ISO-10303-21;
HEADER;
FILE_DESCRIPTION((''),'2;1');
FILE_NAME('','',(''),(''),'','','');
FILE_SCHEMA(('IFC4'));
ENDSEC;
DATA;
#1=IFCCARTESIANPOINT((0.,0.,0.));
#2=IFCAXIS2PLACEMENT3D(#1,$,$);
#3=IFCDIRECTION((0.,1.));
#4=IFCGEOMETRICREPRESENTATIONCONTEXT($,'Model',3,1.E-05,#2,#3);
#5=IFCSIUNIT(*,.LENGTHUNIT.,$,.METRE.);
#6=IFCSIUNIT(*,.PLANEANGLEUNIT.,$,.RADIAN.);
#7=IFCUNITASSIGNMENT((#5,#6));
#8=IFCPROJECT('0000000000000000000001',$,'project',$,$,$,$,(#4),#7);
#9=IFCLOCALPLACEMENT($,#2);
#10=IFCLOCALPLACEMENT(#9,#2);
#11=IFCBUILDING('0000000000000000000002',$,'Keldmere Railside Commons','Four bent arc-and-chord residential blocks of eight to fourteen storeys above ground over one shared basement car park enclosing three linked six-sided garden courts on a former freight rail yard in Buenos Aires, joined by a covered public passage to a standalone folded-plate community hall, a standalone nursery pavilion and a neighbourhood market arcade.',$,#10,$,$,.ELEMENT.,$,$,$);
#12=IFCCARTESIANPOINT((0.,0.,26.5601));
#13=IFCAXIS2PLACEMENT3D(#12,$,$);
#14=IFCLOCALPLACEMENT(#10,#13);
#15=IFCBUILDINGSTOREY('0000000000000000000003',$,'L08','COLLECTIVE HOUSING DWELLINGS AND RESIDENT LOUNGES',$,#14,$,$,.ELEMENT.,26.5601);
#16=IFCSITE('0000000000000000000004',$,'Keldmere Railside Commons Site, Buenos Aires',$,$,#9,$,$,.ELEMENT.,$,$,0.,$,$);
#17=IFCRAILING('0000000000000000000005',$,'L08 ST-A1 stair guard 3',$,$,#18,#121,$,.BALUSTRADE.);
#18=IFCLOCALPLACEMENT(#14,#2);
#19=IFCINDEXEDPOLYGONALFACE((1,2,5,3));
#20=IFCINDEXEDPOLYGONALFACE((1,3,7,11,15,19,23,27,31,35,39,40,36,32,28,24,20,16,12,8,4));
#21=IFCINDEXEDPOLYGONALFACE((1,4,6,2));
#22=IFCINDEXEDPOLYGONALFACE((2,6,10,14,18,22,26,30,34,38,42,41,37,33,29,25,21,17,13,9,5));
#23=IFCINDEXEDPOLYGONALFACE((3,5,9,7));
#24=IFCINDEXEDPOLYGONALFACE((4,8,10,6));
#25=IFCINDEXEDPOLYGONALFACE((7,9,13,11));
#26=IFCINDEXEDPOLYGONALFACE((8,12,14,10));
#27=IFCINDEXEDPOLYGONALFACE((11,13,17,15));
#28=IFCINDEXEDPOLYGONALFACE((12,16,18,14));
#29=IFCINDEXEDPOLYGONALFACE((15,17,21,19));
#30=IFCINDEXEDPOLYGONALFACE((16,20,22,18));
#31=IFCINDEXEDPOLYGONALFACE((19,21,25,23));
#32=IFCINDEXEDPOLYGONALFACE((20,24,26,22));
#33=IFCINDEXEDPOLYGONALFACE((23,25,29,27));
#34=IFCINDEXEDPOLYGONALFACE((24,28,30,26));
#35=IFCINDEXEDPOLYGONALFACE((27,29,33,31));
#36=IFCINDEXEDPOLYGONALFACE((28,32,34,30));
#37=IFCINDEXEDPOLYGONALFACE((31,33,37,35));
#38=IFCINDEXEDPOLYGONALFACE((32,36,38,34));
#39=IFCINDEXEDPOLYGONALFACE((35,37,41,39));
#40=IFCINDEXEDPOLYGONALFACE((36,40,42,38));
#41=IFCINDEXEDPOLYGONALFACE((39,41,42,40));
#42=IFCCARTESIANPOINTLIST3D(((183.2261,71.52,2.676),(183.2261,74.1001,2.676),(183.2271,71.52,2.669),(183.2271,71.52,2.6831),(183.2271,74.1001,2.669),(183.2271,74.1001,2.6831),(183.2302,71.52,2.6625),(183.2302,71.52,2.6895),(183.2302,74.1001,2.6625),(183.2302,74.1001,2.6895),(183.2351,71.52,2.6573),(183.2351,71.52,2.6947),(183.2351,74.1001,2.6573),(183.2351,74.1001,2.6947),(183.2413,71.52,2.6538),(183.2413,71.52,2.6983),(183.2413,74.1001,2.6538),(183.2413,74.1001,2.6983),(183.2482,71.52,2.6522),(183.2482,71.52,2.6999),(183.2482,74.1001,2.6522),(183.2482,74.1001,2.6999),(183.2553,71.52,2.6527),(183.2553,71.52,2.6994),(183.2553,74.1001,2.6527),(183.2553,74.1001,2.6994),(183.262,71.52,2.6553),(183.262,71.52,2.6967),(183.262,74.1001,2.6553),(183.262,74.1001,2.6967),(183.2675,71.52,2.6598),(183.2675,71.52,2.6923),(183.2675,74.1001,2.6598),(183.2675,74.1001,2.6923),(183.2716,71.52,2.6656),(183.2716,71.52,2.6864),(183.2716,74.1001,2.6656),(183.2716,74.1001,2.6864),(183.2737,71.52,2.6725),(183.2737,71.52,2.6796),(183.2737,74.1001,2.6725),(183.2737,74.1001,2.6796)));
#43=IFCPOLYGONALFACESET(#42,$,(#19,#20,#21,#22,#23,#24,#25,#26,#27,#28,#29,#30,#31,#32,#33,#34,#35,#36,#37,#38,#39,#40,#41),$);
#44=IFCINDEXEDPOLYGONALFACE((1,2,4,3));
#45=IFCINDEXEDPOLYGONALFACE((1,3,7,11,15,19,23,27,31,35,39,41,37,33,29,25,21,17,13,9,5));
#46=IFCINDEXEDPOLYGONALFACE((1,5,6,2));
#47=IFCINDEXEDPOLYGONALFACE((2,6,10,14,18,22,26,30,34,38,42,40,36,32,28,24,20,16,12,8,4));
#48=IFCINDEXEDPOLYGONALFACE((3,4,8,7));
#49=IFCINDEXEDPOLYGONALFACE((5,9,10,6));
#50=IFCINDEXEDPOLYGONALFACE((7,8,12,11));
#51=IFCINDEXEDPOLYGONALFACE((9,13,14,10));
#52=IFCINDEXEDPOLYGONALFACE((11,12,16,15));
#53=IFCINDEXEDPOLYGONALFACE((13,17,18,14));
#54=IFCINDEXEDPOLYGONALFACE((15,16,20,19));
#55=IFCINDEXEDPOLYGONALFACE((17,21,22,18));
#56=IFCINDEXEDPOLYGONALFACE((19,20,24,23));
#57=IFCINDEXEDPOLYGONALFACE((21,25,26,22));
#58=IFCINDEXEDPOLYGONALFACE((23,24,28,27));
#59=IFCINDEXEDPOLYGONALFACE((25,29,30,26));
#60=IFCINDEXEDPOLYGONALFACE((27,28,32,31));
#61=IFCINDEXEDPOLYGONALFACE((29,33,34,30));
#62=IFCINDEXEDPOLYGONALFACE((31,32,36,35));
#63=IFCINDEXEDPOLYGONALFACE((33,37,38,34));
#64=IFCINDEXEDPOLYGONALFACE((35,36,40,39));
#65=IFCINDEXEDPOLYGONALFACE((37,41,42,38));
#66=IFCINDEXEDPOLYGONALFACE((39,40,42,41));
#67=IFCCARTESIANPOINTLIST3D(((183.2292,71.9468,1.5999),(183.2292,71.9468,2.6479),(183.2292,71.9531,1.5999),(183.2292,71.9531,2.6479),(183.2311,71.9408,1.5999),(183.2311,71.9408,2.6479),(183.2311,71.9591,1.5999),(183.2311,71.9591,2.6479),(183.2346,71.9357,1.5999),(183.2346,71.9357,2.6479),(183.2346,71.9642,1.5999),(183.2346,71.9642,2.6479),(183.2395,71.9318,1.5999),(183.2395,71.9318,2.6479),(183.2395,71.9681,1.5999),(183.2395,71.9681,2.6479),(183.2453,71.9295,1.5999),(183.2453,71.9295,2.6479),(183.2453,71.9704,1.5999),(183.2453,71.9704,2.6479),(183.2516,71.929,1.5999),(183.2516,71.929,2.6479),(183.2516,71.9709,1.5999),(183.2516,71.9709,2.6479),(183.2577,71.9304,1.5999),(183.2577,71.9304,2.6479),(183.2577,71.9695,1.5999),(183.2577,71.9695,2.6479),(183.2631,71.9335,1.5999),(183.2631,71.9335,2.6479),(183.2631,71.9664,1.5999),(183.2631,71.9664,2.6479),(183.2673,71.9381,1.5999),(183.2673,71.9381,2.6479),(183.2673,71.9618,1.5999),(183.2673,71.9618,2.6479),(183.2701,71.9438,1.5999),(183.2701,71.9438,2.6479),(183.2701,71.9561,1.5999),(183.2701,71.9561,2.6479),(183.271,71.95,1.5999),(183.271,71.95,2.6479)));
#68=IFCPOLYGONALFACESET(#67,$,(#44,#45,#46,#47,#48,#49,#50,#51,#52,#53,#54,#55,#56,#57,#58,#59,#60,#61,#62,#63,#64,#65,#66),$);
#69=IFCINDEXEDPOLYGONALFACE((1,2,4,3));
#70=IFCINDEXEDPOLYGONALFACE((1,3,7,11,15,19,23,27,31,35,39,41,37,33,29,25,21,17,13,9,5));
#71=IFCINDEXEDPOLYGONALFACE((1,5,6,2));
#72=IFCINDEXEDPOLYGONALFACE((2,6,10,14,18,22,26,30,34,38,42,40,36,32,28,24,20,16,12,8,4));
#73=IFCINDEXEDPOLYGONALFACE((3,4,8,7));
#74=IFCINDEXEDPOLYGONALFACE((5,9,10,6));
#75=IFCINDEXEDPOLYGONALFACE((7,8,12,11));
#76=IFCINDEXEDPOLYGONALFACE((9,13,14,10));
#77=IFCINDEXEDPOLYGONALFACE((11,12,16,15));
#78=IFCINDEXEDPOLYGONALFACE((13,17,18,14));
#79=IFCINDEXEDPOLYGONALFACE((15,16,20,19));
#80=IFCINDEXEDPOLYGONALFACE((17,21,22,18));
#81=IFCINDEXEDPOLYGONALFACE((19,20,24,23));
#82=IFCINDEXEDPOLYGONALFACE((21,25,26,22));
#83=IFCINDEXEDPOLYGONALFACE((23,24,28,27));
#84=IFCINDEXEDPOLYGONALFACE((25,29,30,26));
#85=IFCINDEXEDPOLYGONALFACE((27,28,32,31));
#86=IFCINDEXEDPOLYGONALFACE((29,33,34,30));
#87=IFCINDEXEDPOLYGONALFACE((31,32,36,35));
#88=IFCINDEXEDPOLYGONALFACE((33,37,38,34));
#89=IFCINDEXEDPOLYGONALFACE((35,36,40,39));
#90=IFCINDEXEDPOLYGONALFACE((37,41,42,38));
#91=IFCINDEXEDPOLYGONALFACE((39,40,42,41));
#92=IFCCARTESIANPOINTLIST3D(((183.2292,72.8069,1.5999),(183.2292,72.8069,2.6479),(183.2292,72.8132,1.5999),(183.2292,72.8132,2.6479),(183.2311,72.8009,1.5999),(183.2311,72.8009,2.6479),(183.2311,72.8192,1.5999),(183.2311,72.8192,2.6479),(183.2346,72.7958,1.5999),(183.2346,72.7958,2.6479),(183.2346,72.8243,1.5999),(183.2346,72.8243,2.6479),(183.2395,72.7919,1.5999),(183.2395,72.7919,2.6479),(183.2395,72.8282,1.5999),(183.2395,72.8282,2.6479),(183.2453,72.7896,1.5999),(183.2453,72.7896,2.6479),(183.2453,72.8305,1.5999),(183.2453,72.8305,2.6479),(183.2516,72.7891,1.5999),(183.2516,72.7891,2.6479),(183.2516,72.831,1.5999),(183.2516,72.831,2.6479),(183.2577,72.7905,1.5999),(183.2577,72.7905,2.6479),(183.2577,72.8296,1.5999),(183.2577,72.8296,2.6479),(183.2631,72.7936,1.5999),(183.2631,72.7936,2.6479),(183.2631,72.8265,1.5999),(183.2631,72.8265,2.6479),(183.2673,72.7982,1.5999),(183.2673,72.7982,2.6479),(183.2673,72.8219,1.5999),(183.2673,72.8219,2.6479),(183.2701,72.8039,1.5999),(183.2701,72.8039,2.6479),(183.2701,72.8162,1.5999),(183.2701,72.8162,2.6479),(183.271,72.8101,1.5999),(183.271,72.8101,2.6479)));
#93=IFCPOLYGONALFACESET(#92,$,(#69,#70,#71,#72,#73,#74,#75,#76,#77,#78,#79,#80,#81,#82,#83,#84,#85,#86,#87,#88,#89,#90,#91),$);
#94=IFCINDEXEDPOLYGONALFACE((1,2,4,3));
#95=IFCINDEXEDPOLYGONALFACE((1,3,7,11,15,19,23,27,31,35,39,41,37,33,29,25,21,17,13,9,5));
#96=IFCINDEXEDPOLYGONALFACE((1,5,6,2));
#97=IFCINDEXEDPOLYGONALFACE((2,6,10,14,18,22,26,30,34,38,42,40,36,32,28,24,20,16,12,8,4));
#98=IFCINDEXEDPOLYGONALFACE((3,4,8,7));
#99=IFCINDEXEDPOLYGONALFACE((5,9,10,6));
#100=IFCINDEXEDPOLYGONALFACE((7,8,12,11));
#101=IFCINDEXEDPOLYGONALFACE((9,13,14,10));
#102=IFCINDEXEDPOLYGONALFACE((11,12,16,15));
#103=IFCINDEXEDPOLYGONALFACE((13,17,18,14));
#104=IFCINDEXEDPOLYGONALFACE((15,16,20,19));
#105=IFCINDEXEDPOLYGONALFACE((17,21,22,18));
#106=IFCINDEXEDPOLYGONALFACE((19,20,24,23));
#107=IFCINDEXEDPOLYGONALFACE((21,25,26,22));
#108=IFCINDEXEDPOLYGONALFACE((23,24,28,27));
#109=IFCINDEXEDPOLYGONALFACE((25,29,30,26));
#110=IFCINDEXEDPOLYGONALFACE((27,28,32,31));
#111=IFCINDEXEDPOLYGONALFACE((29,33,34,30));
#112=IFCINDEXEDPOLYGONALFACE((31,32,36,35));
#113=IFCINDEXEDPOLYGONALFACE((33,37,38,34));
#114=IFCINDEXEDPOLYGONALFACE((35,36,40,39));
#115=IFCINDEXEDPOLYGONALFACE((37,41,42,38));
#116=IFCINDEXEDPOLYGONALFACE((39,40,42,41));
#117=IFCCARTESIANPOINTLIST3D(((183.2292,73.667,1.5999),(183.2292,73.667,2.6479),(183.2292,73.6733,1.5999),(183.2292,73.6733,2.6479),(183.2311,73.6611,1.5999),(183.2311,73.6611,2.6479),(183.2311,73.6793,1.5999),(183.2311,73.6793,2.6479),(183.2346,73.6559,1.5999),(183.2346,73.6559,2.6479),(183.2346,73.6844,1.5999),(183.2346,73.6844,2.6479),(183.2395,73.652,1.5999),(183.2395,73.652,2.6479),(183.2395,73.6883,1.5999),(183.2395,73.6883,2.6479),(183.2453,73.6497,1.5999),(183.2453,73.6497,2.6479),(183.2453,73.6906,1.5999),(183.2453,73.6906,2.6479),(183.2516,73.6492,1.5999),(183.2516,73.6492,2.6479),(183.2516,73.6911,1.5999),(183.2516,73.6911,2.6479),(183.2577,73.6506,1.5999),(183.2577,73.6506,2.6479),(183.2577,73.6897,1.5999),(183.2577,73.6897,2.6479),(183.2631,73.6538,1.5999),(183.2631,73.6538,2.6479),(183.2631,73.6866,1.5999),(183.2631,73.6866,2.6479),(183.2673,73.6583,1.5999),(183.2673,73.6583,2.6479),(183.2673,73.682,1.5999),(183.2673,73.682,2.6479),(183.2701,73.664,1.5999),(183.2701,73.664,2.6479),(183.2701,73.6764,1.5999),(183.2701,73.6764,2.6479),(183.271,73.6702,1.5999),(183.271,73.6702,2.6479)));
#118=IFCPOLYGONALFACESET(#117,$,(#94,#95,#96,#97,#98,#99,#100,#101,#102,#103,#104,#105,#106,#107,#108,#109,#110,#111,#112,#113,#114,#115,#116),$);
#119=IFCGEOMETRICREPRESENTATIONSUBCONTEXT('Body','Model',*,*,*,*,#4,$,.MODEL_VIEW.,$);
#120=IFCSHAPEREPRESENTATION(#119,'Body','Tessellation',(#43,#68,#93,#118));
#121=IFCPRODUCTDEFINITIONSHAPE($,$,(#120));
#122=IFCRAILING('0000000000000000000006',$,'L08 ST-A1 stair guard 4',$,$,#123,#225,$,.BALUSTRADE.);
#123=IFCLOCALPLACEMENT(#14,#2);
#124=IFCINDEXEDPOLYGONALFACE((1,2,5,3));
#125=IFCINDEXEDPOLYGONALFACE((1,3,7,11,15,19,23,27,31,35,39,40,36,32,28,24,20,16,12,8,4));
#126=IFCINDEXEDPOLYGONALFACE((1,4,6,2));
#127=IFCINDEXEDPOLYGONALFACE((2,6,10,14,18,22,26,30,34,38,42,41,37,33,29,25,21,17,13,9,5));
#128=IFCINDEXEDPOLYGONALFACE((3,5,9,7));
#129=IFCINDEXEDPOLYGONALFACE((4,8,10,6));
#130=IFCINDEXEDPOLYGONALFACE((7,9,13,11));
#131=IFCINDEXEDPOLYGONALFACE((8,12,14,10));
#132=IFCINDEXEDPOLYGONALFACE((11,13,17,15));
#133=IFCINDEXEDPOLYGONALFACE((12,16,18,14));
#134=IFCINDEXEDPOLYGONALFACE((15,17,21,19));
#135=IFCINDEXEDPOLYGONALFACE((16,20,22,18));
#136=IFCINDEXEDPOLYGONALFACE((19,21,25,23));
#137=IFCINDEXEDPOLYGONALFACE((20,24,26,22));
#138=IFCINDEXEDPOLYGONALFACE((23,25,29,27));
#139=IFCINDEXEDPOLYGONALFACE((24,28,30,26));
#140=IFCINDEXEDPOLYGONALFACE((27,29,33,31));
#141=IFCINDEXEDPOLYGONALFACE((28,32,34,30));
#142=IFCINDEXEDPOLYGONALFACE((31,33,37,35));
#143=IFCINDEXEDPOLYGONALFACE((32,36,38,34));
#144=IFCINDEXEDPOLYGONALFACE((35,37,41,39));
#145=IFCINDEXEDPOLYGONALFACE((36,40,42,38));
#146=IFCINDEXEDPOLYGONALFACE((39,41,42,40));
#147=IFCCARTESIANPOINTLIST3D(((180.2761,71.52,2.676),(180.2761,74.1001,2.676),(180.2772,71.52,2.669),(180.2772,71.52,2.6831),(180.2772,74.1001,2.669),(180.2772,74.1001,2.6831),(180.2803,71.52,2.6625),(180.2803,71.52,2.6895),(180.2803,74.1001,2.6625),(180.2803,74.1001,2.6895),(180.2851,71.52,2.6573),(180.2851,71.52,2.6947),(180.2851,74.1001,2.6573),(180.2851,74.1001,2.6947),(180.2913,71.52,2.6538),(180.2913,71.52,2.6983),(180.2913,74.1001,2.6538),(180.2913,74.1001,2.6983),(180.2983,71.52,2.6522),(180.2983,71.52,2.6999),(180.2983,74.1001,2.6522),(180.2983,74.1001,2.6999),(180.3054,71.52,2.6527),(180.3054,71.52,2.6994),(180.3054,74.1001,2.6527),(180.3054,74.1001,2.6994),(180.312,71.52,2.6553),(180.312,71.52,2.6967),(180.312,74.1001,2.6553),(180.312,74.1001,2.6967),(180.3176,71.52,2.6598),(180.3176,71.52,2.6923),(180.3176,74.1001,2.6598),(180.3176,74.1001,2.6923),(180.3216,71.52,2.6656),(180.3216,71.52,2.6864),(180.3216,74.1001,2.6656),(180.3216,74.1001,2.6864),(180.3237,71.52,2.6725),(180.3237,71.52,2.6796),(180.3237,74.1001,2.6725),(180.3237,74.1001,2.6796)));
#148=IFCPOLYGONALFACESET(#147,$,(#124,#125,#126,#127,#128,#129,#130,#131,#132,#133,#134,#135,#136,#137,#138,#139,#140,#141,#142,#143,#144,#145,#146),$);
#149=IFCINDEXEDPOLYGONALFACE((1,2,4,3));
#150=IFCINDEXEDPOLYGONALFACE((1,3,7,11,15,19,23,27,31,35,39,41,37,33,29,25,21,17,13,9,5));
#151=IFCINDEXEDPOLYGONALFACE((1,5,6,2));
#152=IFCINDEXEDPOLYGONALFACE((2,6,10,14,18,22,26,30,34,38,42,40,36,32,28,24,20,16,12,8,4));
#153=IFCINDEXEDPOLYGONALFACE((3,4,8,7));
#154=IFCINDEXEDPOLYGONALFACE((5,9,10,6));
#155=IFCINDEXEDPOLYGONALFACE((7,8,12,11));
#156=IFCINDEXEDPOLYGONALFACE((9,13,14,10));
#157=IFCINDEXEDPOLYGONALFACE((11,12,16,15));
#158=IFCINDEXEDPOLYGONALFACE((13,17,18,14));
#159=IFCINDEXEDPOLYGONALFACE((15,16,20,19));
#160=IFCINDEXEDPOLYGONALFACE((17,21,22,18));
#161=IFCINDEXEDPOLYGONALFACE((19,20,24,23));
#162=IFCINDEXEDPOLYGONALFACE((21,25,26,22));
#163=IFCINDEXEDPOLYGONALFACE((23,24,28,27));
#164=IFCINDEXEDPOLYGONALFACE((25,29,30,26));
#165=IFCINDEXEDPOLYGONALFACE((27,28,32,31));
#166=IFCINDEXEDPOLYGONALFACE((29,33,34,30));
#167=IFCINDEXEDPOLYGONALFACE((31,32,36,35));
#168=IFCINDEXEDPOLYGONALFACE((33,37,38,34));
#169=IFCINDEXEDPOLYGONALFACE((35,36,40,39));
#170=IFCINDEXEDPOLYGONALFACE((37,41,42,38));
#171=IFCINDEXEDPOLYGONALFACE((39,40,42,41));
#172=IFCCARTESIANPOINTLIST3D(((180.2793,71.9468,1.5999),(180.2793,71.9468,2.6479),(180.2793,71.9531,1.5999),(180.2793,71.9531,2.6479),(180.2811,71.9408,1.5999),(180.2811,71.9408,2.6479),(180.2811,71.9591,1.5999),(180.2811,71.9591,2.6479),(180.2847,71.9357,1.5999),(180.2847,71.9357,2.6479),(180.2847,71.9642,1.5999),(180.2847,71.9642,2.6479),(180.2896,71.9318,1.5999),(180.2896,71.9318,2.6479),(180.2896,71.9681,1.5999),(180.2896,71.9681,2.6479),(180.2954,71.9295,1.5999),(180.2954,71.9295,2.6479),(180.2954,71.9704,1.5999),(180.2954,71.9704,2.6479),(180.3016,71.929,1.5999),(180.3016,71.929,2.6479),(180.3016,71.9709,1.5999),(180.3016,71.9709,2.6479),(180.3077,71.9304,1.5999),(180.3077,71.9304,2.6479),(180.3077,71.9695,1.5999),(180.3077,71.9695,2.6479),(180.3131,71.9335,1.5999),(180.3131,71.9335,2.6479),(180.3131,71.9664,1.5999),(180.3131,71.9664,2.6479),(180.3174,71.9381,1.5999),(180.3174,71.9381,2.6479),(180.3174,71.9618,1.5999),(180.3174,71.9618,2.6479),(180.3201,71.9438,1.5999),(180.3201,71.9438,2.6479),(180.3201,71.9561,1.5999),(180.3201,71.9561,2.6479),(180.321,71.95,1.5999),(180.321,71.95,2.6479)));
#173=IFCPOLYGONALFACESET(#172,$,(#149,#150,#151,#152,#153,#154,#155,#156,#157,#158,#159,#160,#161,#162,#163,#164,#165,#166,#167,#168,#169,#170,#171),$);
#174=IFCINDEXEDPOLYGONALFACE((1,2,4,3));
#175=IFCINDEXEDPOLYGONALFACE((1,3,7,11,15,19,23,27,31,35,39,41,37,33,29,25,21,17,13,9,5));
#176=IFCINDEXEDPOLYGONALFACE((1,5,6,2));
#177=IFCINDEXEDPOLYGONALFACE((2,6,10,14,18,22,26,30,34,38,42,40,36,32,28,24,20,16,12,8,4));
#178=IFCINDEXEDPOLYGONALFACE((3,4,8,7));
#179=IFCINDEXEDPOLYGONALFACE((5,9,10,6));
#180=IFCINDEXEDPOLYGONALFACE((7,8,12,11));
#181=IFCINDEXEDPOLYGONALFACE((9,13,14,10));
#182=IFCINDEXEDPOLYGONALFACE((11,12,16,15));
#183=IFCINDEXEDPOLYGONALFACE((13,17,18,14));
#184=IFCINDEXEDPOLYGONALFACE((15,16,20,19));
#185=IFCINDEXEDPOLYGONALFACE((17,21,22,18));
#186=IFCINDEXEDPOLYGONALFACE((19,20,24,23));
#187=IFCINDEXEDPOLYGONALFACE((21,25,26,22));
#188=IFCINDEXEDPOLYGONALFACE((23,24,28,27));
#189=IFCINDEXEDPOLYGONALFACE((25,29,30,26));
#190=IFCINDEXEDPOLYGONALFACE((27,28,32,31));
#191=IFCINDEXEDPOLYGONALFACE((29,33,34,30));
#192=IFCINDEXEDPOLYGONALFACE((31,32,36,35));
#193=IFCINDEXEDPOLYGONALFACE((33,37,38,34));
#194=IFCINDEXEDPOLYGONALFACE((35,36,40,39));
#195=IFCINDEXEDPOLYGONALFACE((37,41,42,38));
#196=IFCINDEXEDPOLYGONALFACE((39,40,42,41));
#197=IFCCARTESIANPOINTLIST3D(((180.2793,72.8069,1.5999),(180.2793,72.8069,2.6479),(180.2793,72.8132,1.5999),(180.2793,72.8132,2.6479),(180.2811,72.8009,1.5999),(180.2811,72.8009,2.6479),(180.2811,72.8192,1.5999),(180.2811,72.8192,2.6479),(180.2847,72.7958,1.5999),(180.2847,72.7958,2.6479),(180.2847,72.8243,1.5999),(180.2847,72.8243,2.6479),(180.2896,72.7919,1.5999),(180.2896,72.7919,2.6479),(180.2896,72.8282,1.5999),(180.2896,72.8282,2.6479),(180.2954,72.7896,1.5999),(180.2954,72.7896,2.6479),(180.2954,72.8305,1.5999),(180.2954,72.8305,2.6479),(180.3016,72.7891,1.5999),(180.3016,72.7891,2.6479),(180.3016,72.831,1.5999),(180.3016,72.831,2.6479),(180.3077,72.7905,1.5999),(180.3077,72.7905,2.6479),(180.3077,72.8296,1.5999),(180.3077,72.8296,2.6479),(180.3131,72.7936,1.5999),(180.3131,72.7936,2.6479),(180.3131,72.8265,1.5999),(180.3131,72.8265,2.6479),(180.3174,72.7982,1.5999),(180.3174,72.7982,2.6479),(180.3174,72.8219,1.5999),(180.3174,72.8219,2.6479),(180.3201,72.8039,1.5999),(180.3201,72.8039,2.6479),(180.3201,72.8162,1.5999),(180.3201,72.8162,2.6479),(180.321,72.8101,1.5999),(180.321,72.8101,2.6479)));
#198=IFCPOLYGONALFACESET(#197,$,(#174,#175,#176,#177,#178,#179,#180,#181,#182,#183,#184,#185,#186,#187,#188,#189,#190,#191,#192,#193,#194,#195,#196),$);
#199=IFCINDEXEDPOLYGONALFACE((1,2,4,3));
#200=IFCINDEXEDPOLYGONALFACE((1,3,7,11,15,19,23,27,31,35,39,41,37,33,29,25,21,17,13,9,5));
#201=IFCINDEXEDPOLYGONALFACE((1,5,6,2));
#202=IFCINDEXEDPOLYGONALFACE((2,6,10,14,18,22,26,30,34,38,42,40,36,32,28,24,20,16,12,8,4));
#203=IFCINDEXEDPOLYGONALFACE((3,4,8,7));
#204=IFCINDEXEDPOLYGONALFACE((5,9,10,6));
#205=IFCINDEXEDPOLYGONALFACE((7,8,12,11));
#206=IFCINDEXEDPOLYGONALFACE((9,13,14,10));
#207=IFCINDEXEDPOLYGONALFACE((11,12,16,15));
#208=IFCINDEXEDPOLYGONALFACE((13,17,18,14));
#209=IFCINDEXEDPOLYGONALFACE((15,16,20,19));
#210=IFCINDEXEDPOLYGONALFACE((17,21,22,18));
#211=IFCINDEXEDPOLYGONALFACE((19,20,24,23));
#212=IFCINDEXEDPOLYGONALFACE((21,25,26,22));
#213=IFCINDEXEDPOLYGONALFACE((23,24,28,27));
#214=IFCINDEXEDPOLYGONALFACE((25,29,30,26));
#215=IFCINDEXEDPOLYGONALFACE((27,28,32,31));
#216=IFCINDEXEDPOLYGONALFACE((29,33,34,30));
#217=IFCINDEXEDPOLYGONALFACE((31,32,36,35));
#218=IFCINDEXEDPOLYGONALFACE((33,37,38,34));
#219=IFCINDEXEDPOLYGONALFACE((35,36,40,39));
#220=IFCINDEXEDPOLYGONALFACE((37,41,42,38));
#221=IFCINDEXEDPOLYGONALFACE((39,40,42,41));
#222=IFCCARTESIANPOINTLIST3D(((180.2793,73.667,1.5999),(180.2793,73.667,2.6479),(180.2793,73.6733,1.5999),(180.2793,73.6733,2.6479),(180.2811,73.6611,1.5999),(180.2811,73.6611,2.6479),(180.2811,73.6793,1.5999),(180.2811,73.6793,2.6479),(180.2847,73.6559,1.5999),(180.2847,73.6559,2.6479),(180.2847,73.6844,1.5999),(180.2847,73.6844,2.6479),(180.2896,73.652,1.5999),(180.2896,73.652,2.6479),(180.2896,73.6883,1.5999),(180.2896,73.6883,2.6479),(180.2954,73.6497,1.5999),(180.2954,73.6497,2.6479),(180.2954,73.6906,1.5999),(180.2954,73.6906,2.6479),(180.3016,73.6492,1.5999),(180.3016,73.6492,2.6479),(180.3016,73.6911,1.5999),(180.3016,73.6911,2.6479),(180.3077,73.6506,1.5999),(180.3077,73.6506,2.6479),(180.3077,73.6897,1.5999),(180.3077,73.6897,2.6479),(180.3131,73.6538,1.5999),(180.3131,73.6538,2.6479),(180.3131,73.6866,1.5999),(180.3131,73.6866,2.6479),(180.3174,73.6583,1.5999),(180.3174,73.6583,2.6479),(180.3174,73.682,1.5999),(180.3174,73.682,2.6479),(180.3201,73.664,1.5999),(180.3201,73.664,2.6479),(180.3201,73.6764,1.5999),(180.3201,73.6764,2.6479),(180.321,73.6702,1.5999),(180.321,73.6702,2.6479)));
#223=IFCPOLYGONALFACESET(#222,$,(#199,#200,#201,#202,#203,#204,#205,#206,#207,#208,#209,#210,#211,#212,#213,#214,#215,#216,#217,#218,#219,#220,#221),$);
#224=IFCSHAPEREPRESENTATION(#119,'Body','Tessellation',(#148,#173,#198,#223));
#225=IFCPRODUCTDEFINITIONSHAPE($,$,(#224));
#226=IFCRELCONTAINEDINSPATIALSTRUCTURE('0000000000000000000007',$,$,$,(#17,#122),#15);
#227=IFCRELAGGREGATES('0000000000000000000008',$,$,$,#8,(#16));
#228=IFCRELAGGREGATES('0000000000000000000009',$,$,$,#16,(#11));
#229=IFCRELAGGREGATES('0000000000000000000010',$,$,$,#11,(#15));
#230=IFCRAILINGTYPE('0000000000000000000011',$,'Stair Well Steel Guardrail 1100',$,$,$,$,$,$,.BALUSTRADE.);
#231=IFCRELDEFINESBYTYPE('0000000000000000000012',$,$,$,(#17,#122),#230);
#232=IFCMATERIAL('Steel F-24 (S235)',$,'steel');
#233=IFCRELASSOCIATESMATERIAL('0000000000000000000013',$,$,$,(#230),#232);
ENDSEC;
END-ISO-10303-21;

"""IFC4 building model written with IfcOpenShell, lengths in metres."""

from ifc_helpers import new_model, si_unit, direction, frame, origin, origin_2d, place, context, subcontext, project, spatial, circle, extrude, material, type_object, element, save


model = new_model("IFC4")

# Units and contexts
model_context = context("Model", 3, precision=1e-05, world=origin(), true_north=direction((0.0, 1.0)))
body_context = subcontext(model_context, "Body", "Model", "MODEL_VIEW")
ifc_project = project(units=[si_unit("LENGTHUNIT", "METRE"), si_unit("PLANEANGLEUNIT", "RADIAN")], contexts=[model_context])

# Site, building, storey
site_placement = place(None, origin())
site = spatial("IfcSite", under=ifc_project, at=site_placement, Name="Keldmere Railside Commons Site, Buenos Aires", CompositionType="ELEMENT", RefElevation=0.0)
building_placement = place(site_placement, origin())
building = spatial("IfcBuilding", under=site, at=building_placement, Name="Keldmere Railside Commons", Description="Four bent arc-and-chord residential blocks of eight to fourteen storeys above ground over one shared basement car park enclosing three linked six-sided garden courts on a former freight rail yard in Buenos Aires, joined by a covered public passage to a standalone folded-plate community hall, a standalone nursery pavilion and a neighbourhood market arcade.", CompositionType="ELEMENT")
storey_placement = place(building_placement, frame((0.0, 0.0, 26.5601)))
storey = spatial("IfcBuildingStorey", under=building, at=storey_placement, Name="L08", Description="COLLECTIVE HOUSING DWELLINGS AND RESIDENT LOUNGES", CompositionType="ELEMENT", Elevation=26.5601)

# Shared definitions
ifc_material_1 = material(Name="Steel F-24 (S235)", Category="steel")

# Railings
railing_type_1 = type_object("IfcRailingType", Name="Stair Well Steel Guardrail 1100", PredefinedType="BALUSTRADE", material=ifc_material_1)
for number, where, name in (
    (1, (183.25, 71.52, 1.5999), "L08 ST-A1 stair guard 3"),
    (2, (180.3, 71.52, 1.5999), "L08 ST-A1 stair guard 4"),
):
    element("IfcRailing", number, at=place(storey_placement, frame(where)), inside=storey, type_object=railing_type_1, Name=name, PredefinedType="BALUSTRADE", context=body_context, shape_type="SweptSolid", body=[
        extrude(circle(Radius=0.0239, at=origin_2d()), frame((0.0, 0.0, 1.0762), z_axis=(0.0, 1.0, 0.0), x_axis=(-1.0, 0.0, 0.0)), (0.0, 0.0, 1.0), 2.5801),
        extrude(circle(Radius=0.021, at=origin_2d()), frame((0.0, 0.4299, 0.0)), (0.0, 0.0, 1.0), 1.0481),
        extrude(circle(Radius=0.021, at=origin_2d()), frame((0.0, 1.29, 0.0)), (0.0, 0.0, 1.0), 1.0481),
        extrude(circle(Radius=0.021, at=origin_2d()), frame((0.0, 2.1501, 0.0)), (0.0, 0.0, 1.0), 1.0481),
    ])

save(model, "model.ifc")
